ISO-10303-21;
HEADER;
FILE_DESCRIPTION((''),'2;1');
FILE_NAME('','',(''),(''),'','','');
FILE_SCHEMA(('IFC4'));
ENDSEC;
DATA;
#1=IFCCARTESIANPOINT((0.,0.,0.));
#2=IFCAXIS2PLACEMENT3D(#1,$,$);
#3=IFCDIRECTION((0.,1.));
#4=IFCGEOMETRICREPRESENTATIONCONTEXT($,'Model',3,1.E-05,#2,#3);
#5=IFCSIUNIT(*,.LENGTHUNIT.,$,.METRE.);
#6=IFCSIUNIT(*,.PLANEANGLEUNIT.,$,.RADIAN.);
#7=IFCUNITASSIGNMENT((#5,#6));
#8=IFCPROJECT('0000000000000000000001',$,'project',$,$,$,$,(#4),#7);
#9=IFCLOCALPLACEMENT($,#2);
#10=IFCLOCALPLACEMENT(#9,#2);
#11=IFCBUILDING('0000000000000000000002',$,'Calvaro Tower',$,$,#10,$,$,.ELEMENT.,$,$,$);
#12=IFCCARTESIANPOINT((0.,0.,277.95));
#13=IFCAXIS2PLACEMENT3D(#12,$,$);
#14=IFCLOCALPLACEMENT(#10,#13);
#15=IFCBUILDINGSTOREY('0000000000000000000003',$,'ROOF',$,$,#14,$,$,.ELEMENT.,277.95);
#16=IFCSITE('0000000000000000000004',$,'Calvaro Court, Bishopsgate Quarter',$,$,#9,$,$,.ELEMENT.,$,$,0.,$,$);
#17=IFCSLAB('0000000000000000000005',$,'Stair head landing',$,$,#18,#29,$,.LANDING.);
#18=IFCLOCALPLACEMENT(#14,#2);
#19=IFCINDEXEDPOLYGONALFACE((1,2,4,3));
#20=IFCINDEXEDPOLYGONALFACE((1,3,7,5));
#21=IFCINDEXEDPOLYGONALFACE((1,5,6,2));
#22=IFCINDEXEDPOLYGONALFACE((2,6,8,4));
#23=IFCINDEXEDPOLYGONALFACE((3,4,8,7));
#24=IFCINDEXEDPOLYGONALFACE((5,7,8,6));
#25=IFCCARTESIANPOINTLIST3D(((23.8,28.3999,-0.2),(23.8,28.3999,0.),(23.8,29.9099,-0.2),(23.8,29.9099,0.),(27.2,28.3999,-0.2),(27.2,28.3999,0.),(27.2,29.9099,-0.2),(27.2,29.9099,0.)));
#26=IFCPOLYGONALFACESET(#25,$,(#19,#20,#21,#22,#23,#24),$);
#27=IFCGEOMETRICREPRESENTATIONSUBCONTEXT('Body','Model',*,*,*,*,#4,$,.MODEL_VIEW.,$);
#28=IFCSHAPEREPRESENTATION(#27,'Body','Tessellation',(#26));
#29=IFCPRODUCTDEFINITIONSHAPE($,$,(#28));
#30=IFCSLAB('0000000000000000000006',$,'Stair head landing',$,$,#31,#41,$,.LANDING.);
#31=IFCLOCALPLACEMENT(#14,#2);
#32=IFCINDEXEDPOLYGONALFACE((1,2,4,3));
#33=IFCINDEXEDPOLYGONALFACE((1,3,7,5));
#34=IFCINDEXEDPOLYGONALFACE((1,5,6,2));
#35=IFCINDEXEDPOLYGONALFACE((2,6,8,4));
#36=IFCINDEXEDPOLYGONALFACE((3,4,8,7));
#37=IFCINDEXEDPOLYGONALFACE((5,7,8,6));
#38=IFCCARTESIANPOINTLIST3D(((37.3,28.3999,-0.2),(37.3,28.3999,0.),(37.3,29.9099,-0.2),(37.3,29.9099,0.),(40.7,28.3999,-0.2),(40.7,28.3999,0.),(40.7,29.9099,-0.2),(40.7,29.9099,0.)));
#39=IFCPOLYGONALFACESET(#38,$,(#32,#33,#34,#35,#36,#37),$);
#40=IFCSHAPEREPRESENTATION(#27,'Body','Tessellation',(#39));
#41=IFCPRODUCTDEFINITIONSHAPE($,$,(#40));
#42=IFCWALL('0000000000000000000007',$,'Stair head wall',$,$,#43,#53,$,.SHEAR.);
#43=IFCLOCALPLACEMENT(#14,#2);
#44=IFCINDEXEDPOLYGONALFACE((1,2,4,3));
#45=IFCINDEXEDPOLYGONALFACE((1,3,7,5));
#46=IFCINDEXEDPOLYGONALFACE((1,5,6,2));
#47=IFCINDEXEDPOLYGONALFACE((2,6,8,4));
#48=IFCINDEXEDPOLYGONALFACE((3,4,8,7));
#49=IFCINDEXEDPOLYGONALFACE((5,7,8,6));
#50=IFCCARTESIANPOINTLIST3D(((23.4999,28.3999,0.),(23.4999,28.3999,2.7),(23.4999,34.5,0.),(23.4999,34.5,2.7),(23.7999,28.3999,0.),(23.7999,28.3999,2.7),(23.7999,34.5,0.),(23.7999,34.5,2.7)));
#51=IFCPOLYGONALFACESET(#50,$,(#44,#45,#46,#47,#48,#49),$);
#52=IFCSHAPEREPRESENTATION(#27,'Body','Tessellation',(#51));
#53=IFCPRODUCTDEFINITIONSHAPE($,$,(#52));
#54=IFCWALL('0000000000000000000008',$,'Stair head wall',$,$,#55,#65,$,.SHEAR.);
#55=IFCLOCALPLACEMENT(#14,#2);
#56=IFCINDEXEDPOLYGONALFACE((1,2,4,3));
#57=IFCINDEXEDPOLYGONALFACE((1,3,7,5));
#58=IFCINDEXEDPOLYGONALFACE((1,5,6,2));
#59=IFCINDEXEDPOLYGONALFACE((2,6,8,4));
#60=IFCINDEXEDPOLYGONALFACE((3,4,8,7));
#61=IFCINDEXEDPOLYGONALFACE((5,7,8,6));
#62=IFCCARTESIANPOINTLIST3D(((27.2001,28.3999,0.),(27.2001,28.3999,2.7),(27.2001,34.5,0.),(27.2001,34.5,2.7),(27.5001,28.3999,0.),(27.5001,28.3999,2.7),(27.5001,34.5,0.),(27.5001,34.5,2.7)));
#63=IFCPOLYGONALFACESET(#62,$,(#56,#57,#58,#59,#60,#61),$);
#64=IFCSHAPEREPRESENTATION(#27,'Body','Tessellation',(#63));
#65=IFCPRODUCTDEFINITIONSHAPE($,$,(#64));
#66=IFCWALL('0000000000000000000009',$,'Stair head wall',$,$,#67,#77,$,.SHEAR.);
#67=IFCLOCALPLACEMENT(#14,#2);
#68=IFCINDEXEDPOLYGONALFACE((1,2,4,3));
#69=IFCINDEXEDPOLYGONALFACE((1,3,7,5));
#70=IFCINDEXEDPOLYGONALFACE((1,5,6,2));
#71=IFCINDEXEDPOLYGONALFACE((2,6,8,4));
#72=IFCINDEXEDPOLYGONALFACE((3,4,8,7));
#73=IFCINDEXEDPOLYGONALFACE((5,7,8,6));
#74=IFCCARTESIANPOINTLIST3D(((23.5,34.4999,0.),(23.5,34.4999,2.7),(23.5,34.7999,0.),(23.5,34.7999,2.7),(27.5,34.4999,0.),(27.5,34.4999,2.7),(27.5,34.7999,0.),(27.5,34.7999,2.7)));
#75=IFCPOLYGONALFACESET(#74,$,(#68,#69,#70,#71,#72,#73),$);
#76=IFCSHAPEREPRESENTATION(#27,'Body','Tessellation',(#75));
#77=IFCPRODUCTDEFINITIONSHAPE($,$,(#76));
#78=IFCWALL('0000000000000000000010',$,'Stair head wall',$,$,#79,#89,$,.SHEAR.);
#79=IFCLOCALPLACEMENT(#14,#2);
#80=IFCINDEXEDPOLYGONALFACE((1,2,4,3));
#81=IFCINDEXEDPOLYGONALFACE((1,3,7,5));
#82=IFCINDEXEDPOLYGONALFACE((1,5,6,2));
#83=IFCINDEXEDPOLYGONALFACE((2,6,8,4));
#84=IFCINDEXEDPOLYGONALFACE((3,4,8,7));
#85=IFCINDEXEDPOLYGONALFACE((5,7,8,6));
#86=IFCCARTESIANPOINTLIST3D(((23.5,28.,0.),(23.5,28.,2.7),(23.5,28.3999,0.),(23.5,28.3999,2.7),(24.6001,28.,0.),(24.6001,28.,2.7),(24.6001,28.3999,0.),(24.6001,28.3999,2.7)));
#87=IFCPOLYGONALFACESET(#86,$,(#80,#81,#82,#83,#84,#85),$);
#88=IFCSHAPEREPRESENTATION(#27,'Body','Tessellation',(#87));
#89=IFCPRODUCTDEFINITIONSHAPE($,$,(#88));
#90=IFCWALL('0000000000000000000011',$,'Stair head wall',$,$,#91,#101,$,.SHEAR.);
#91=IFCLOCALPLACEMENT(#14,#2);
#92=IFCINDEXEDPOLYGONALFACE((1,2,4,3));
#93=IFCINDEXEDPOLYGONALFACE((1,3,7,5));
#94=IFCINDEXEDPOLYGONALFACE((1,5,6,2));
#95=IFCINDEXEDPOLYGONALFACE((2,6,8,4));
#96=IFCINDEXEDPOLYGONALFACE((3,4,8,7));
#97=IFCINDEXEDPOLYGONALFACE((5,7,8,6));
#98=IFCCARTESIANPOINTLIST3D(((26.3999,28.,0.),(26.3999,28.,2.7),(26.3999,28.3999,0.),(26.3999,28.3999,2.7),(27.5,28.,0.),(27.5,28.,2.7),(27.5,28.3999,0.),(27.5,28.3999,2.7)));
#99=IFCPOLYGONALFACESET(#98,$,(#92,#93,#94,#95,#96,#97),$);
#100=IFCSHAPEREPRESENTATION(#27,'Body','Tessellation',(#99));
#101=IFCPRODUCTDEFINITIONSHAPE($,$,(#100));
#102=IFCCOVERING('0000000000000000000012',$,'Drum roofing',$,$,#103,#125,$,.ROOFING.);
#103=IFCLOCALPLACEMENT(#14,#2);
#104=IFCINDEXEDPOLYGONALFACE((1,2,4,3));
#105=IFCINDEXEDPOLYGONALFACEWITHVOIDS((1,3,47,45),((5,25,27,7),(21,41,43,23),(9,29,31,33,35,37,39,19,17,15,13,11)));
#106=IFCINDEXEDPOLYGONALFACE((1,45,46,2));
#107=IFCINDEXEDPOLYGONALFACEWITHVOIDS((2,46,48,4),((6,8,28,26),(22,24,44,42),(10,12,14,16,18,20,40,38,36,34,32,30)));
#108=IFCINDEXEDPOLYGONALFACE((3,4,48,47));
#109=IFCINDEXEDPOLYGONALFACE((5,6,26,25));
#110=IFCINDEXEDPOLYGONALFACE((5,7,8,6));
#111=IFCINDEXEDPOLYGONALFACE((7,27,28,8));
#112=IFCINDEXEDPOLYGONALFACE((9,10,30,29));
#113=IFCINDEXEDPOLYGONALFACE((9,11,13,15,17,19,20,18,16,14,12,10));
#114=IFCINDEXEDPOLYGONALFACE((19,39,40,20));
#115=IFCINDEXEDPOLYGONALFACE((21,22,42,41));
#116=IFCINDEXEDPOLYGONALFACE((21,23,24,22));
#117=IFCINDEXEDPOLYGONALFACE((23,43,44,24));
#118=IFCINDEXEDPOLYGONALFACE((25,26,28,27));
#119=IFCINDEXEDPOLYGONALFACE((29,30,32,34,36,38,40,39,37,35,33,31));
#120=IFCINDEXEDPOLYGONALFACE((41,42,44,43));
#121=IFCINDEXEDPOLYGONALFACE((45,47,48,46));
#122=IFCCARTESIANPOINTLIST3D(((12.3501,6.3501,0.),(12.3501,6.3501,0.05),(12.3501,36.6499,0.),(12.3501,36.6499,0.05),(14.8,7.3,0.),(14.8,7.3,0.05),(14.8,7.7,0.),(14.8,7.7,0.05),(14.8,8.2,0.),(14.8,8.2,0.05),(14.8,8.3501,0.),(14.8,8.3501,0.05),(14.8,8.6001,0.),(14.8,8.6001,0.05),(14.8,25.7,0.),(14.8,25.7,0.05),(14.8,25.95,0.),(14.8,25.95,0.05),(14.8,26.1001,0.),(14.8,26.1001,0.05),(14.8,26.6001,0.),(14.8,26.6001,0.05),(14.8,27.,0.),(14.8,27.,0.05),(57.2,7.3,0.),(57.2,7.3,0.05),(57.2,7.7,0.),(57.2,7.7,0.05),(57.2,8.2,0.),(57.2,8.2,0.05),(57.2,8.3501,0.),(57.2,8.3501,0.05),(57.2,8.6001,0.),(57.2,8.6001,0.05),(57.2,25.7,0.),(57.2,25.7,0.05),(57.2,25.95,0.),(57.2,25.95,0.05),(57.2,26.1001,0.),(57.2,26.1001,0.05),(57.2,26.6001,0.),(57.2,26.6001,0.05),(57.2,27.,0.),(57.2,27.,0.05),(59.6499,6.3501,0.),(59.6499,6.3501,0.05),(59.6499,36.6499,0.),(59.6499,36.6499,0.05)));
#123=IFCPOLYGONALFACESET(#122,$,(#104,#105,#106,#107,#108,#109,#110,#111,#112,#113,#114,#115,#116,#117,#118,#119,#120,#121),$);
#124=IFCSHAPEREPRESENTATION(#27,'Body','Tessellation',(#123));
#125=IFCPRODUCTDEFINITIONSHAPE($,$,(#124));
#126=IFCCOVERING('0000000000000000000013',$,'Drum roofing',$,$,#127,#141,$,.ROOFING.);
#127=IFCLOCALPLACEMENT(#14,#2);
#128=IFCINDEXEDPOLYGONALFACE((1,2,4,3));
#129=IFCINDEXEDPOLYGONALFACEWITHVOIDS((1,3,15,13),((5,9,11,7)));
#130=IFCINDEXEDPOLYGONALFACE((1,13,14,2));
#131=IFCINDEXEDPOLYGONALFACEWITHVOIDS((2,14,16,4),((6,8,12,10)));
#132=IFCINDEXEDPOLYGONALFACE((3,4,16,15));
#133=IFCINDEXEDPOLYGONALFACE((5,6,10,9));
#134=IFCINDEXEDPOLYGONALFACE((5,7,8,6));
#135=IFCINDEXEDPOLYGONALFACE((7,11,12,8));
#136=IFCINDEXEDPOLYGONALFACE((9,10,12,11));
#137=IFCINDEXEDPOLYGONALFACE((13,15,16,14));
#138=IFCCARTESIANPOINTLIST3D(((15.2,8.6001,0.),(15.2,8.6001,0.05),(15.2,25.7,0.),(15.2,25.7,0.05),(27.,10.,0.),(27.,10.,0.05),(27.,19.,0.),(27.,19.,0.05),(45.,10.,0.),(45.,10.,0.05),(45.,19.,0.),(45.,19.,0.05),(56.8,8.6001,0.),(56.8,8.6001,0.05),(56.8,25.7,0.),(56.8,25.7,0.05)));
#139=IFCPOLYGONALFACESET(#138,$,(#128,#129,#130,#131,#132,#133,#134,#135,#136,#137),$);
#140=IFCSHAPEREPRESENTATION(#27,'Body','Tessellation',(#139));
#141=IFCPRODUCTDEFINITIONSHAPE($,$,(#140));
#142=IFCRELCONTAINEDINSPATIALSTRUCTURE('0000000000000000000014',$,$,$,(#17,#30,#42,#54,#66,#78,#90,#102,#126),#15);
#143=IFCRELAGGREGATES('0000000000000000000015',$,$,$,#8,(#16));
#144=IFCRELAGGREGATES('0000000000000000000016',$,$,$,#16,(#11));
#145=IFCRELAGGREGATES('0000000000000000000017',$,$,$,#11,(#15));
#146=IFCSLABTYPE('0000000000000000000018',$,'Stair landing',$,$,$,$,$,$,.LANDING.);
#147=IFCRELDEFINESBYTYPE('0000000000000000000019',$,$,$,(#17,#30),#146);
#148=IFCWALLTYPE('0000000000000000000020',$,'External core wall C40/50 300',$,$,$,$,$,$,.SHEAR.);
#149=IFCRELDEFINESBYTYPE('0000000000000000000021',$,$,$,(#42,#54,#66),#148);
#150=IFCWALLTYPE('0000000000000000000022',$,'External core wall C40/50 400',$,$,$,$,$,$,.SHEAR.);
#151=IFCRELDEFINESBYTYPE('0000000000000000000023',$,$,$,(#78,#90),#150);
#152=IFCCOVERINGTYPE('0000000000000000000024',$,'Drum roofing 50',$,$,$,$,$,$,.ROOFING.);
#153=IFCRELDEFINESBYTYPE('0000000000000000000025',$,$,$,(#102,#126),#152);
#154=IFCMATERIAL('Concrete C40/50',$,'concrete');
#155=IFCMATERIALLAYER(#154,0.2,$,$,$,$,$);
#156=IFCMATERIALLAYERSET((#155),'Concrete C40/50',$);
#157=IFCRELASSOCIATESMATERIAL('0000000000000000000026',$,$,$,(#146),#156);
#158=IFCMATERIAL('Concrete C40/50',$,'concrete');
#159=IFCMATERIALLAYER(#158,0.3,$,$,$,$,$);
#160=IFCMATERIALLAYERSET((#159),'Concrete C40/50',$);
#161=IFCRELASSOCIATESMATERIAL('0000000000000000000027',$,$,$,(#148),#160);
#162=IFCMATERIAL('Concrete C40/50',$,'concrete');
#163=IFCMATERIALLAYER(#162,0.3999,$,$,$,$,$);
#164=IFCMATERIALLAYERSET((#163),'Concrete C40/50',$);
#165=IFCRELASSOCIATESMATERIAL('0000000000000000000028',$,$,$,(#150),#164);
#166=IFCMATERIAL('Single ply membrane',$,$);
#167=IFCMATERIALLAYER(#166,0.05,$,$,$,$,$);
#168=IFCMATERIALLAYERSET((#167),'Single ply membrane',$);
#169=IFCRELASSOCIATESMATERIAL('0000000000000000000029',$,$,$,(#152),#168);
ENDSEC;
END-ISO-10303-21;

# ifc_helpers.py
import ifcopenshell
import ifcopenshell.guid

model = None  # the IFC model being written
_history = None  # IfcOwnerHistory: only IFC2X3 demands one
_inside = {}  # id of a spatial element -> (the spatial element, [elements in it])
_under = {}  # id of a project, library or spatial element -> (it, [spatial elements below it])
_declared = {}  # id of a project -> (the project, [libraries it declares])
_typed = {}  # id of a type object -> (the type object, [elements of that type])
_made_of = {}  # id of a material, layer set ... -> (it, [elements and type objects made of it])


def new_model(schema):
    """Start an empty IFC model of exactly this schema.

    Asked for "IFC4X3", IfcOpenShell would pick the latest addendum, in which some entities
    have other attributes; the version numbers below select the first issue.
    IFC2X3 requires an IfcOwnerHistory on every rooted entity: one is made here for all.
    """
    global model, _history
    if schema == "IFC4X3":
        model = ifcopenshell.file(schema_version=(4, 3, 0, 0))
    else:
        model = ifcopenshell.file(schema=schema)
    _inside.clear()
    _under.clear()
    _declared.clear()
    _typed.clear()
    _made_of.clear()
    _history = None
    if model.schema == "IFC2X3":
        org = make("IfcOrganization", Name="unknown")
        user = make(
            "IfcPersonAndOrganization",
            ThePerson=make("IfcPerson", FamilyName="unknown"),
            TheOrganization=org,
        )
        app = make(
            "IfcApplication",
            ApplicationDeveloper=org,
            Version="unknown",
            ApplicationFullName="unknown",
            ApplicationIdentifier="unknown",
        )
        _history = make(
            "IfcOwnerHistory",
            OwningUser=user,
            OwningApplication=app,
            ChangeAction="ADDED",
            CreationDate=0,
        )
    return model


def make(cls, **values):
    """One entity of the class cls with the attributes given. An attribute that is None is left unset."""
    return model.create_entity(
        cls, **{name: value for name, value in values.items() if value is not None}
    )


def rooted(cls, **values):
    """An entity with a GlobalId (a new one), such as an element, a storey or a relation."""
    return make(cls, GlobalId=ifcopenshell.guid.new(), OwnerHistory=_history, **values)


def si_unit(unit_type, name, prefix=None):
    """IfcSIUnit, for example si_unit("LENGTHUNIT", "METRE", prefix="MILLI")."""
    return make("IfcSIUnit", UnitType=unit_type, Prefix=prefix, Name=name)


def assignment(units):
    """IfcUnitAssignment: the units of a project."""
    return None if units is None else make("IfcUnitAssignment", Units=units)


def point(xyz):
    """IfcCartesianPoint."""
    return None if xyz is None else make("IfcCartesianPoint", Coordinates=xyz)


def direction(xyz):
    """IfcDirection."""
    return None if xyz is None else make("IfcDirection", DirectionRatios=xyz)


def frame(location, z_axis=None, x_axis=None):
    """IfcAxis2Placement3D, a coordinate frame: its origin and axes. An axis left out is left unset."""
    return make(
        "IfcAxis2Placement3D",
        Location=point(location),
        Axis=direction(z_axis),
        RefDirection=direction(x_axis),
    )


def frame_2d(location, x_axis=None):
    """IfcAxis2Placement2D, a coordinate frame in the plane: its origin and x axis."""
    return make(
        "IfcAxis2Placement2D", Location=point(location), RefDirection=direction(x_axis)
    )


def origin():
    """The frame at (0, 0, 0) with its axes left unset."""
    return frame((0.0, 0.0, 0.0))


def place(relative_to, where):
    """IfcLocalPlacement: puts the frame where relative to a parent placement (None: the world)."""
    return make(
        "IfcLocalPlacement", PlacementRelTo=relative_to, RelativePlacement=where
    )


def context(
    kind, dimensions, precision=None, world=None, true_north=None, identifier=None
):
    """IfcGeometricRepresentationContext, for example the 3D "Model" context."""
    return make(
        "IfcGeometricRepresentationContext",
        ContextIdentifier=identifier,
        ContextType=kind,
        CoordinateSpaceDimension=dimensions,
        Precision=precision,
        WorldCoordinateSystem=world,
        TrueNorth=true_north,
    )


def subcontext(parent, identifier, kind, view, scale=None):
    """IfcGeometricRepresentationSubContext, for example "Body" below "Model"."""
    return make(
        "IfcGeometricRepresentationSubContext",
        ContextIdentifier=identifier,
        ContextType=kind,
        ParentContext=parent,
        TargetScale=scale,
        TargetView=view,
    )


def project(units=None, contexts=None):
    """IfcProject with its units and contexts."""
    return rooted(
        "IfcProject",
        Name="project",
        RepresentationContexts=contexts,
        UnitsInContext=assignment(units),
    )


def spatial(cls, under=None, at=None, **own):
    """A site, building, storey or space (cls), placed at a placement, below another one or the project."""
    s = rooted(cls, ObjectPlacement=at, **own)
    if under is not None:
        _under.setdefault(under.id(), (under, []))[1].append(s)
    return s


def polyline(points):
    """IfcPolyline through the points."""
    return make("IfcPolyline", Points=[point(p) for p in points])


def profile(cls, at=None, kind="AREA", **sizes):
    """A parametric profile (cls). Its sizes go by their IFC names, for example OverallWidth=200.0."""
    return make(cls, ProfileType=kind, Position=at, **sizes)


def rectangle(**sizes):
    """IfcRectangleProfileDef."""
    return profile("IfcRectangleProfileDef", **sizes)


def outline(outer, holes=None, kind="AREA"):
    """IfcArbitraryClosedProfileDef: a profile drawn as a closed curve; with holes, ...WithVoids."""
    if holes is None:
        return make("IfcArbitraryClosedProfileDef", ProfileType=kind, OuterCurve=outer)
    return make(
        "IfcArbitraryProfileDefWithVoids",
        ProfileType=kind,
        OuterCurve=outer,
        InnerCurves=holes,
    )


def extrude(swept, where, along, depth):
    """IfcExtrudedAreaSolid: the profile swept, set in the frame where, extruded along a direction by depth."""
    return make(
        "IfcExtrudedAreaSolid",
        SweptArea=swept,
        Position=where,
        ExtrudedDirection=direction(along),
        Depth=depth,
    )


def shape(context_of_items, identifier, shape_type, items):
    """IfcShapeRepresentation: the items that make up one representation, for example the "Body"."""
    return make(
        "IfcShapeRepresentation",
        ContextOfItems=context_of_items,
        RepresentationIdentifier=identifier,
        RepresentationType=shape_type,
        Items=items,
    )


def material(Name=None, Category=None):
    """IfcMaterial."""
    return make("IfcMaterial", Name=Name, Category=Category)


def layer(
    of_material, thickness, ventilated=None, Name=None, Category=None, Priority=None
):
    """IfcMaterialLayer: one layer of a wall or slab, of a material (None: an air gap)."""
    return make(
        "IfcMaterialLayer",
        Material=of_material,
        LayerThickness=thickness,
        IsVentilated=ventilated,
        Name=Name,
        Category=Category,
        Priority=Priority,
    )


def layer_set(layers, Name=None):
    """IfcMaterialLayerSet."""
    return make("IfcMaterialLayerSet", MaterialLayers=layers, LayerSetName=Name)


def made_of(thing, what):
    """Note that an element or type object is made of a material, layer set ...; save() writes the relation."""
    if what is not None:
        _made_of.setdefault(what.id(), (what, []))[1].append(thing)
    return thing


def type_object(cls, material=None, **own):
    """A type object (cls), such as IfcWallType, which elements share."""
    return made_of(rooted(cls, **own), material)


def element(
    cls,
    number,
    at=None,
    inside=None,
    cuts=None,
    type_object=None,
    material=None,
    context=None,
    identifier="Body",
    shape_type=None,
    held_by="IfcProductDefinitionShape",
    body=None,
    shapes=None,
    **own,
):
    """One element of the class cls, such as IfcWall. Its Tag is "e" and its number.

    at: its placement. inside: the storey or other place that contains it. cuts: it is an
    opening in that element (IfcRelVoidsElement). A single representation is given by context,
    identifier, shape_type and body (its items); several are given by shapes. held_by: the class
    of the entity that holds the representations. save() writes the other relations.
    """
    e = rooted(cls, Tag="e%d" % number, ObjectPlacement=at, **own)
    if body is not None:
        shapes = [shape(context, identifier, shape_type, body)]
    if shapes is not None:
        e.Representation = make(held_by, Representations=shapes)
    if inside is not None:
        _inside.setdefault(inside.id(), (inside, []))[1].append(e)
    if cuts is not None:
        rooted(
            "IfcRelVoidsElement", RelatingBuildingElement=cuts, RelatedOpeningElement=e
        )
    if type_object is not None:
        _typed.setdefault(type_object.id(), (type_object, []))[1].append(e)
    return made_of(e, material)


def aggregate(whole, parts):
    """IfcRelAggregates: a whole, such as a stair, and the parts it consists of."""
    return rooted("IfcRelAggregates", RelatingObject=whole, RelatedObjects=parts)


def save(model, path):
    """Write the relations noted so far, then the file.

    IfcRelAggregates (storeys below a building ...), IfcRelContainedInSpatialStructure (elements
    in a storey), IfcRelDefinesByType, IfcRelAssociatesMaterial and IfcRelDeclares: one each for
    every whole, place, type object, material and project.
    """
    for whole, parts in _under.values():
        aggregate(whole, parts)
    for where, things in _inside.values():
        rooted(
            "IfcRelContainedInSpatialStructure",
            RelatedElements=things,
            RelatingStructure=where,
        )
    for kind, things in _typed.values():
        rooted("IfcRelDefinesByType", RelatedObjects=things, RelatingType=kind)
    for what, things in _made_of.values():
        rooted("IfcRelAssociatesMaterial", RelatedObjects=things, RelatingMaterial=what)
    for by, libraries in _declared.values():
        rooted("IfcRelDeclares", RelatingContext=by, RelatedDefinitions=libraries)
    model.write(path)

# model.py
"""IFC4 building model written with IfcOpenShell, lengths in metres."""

from ifc_helpers import new_model, si_unit, direction, frame, frame_2d, origin, place, context, subcontext, project, spatial, polyline, rectangle, outline, extrude, material, layer, layer_set, type_object, element, save


model = new_model("IFC4")

# Units and contexts
model_context = context("Model", 3, precision=1e-05, world=origin(), true_north=direction((0.0, 1.0)))
body_context = subcontext(model_context, "Body", "Model", "MODEL_VIEW")
ifc_project = project(units=[si_unit("LENGTHUNIT", "METRE"), si_unit("PLANEANGLEUNIT", "RADIAN")], contexts=[model_context])

# Site, building, storey
site_placement = place(None, origin())
site = spatial("IfcSite", under=ifc_project, at=site_placement, Name="Calvaro Court, Bishopsgate Quarter", CompositionType="ELEMENT", RefElevation=0.0)
building_placement = place(site_placement, origin())
building = spatial("IfcBuilding", under=site, at=building_placement, Name="Calvaro Tower", CompositionType="ELEMENT")
storey_placement = place(building_placement, frame((0.0, 0.0, 277.95)))
storey = spatial("IfcBuildingStorey", under=building, at=storey_placement, Name="ROOF", CompositionType="ELEMENT", Elevation=277.95)

# Slabs
ifc_material_1 = material(Name="Concrete C40/50", Category="concrete")
ifc_layer_1 = layer(ifc_material_1, 0.2)
ifc_layer_set_1 = layer_set([ifc_layer_1], Name="Concrete C40/50")
slab_type_1 = type_object("IfcSlabType", Name="Stair landing", PredefinedType="LANDING", material=ifc_layer_set_1)
slab_1_placement = place(storey_placement, frame((0.0, 0.0, -0.2)))
element("IfcSlab", 1, at=slab_1_placement, inside=storey, type_object=slab_type_1, Name="Stair head landing", PredefinedType="LANDING", context=body_context, shape_type="SweptSolid", body=[
    extrude(outline(polyline([(23.8, 28.3999), (27.2, 28.3999), (27.2, 29.9099), (23.8, 29.9099), (23.8, 28.3999)])), origin(), (0.0, 0.0, 1.0), 0.2),
])
slab_2_placement = place(storey_placement, frame((0.0, 0.0, -0.2)))
element("IfcSlab", 2, at=slab_2_placement, inside=storey, type_object=slab_type_1, Name="Stair head landing", PredefinedType="LANDING", context=body_context, shape_type="SweptSolid", body=[
    extrude(outline(polyline([(37.3, 28.3999), (40.7, 28.3999), (40.7, 29.9099), (37.3, 29.9099), (37.3, 28.3999)])), origin(), (0.0, 0.0, 1.0), 0.2),
])

# Walls
ifc_material_2 = material(Name="Concrete C40/50", Category="concrete")
ifc_layer_2 = layer(ifc_material_2, 0.3)
ifc_layer_set_2 = layer_set([ifc_layer_2], Name="Concrete C40/50")
wall_type_1 = type_object("IfcWallType", Name="External core wall C40/50 300", PredefinedType="SHEAR", material=ifc_layer_set_2)
for number, where, z_axis, x_axis, name in (
    (3, (23.6499, 28.3999, 0.0), (0.0, 0.0, 1.0), (0.0, 1.0, 0.0), "Stair head wall"),
    (4, (27.3501, 28.3999, 0.0), (0.0, 0.0, 1.0), (0.0, 1.0, 0.0), "Stair head wall"),
):
    element("IfcWall", number, at=place(storey_placement, frame(where, z_axis=z_axis, x_axis=x_axis)), inside=storey, type_object=wall_type_1, Name=name, PredefinedType="SHEAR", context=body_context, shape_type="SweptSolid", body=[
        extrude(rectangle(XDim=6.1001, YDim=0.3, at=frame_2d((3.05, 0.0))), origin(), (0.0, 0.0, 1.0), 2.7),
    ])
wall_placement = place(storey_placement, frame((23.5, 34.6499, 0.0), z_axis=(0.0, 0.0, 1.0), x_axis=(1.0, 0.0, 0.0)))
element("IfcWall", 5, at=wall_placement, inside=storey, type_object=wall_type_1, Name="Stair head wall", PredefinedType="SHEAR", context=body_context, shape_type="SweptSolid", body=[
    extrude(rectangle(XDim=4.0, YDim=0.3, at=frame_2d((2.0, 0.0))), origin(), (0.0, 0.0, 1.0), 2.7),
])
ifc_material_3 = material(Name="Concrete C40/50", Category="concrete")
ifc_layer_3 = layer(ifc_material_3, 0.3999)
ifc_layer_set_3 = layer_set([ifc_layer_3], Name="Concrete C40/50")
wall_type_2 = type_object("IfcWallType", Name="External core wall C40/50 400", PredefinedType="SHEAR", material=ifc_layer_set_3)
for number, where, z_axis, x_axis, name in (
    (6, (23.5, 28.2, 0.0), (0.0, 0.0, 1.0), (1.0, 0.0, 0.0), "Stair head wall"),
    (7, (26.3999, 28.2, 0.0), (0.0, 0.0, 1.0), (1.0, 0.0, 0.0), "Stair head wall"),
):
    element("IfcWall", number, at=place(storey_placement, frame(where, z_axis=z_axis, x_axis=x_axis)), inside=storey, type_object=wall_type_2, Name=name, PredefinedType="SHEAR", context=body_context, shape_type="SweptSolid", body=[
        extrude(rectangle(XDim=1.1001, YDim=0.3999, at=frame_2d((0.55, 0.0))), origin(), (0.0, 0.0, 1.0), 2.7),
    ])

# Coverings
ifc_material_4 = material(Name="Single ply membrane")
ifc_layer_4 = layer(ifc_material_4, 0.05)
ifc_layer_set_4 = layer_set([ifc_layer_4], Name="Single ply membrane")
covering_type = type_object("IfcCoveringType", Name="Drum roofing 50", PredefinedType="ROOFING", material=ifc_layer_set_4)
covering_1_placement = place(storey_placement, origin())
element("IfcCovering", 8, at=covering_1_placement, inside=storey, type_object=covering_type, Name="Drum roofing", PredefinedType="ROOFING", context=body_context, shape_type="SweptSolid", body=[
    extrude(outline(polyline([(59.6499, 36.6499), (59.6499, 6.3501), (12.3501, 6.3501), (12.3501, 36.6499), (59.6499, 36.6499)]), holes=[polyline([(14.8, 7.7), (14.8, 7.3), (57.2, 7.3), (57.2, 7.7), (14.8, 7.7)]), polyline([(57.2, 8.3501), (57.2, 8.6001), (57.2, 25.7), (57.2, 25.95), (57.2, 26.1001), (14.8, 26.1001), (14.8, 25.95), (14.8, 25.7), (14.8, 8.6001), (14.8, 8.3501), (14.8, 8.2), (57.2, 8.2), (57.2, 8.3501)]), polyline([(57.2, 26.6001), (57.2, 27.0), (14.8, 27.0), (14.8, 26.6001), (57.2, 26.6001)])]), origin(), (0.0, 0.0, 1.0), 0.05),
])
covering_2_placement = place(storey_placement, origin())
element("IfcCovering", 9, at=covering_2_placement, inside=storey, type_object=covering_type, Name="Drum roofing", PredefinedType="ROOFING", context=body_context, shape_type="SweptSolid", body=[
    extrude(outline(polyline([(15.2, 8.6001), (15.2, 25.7), (56.8, 25.7), (56.8, 8.6001), (15.2, 8.6001)]), holes=[polyline([(27.0, 19.0), (27.0, 10.0), (45.0, 10.0), (45.0, 19.0), (27.0, 19.0)])]), origin(), (0.0, 0.0, 1.0), 0.05),
])

save(model, "model.ifc")
